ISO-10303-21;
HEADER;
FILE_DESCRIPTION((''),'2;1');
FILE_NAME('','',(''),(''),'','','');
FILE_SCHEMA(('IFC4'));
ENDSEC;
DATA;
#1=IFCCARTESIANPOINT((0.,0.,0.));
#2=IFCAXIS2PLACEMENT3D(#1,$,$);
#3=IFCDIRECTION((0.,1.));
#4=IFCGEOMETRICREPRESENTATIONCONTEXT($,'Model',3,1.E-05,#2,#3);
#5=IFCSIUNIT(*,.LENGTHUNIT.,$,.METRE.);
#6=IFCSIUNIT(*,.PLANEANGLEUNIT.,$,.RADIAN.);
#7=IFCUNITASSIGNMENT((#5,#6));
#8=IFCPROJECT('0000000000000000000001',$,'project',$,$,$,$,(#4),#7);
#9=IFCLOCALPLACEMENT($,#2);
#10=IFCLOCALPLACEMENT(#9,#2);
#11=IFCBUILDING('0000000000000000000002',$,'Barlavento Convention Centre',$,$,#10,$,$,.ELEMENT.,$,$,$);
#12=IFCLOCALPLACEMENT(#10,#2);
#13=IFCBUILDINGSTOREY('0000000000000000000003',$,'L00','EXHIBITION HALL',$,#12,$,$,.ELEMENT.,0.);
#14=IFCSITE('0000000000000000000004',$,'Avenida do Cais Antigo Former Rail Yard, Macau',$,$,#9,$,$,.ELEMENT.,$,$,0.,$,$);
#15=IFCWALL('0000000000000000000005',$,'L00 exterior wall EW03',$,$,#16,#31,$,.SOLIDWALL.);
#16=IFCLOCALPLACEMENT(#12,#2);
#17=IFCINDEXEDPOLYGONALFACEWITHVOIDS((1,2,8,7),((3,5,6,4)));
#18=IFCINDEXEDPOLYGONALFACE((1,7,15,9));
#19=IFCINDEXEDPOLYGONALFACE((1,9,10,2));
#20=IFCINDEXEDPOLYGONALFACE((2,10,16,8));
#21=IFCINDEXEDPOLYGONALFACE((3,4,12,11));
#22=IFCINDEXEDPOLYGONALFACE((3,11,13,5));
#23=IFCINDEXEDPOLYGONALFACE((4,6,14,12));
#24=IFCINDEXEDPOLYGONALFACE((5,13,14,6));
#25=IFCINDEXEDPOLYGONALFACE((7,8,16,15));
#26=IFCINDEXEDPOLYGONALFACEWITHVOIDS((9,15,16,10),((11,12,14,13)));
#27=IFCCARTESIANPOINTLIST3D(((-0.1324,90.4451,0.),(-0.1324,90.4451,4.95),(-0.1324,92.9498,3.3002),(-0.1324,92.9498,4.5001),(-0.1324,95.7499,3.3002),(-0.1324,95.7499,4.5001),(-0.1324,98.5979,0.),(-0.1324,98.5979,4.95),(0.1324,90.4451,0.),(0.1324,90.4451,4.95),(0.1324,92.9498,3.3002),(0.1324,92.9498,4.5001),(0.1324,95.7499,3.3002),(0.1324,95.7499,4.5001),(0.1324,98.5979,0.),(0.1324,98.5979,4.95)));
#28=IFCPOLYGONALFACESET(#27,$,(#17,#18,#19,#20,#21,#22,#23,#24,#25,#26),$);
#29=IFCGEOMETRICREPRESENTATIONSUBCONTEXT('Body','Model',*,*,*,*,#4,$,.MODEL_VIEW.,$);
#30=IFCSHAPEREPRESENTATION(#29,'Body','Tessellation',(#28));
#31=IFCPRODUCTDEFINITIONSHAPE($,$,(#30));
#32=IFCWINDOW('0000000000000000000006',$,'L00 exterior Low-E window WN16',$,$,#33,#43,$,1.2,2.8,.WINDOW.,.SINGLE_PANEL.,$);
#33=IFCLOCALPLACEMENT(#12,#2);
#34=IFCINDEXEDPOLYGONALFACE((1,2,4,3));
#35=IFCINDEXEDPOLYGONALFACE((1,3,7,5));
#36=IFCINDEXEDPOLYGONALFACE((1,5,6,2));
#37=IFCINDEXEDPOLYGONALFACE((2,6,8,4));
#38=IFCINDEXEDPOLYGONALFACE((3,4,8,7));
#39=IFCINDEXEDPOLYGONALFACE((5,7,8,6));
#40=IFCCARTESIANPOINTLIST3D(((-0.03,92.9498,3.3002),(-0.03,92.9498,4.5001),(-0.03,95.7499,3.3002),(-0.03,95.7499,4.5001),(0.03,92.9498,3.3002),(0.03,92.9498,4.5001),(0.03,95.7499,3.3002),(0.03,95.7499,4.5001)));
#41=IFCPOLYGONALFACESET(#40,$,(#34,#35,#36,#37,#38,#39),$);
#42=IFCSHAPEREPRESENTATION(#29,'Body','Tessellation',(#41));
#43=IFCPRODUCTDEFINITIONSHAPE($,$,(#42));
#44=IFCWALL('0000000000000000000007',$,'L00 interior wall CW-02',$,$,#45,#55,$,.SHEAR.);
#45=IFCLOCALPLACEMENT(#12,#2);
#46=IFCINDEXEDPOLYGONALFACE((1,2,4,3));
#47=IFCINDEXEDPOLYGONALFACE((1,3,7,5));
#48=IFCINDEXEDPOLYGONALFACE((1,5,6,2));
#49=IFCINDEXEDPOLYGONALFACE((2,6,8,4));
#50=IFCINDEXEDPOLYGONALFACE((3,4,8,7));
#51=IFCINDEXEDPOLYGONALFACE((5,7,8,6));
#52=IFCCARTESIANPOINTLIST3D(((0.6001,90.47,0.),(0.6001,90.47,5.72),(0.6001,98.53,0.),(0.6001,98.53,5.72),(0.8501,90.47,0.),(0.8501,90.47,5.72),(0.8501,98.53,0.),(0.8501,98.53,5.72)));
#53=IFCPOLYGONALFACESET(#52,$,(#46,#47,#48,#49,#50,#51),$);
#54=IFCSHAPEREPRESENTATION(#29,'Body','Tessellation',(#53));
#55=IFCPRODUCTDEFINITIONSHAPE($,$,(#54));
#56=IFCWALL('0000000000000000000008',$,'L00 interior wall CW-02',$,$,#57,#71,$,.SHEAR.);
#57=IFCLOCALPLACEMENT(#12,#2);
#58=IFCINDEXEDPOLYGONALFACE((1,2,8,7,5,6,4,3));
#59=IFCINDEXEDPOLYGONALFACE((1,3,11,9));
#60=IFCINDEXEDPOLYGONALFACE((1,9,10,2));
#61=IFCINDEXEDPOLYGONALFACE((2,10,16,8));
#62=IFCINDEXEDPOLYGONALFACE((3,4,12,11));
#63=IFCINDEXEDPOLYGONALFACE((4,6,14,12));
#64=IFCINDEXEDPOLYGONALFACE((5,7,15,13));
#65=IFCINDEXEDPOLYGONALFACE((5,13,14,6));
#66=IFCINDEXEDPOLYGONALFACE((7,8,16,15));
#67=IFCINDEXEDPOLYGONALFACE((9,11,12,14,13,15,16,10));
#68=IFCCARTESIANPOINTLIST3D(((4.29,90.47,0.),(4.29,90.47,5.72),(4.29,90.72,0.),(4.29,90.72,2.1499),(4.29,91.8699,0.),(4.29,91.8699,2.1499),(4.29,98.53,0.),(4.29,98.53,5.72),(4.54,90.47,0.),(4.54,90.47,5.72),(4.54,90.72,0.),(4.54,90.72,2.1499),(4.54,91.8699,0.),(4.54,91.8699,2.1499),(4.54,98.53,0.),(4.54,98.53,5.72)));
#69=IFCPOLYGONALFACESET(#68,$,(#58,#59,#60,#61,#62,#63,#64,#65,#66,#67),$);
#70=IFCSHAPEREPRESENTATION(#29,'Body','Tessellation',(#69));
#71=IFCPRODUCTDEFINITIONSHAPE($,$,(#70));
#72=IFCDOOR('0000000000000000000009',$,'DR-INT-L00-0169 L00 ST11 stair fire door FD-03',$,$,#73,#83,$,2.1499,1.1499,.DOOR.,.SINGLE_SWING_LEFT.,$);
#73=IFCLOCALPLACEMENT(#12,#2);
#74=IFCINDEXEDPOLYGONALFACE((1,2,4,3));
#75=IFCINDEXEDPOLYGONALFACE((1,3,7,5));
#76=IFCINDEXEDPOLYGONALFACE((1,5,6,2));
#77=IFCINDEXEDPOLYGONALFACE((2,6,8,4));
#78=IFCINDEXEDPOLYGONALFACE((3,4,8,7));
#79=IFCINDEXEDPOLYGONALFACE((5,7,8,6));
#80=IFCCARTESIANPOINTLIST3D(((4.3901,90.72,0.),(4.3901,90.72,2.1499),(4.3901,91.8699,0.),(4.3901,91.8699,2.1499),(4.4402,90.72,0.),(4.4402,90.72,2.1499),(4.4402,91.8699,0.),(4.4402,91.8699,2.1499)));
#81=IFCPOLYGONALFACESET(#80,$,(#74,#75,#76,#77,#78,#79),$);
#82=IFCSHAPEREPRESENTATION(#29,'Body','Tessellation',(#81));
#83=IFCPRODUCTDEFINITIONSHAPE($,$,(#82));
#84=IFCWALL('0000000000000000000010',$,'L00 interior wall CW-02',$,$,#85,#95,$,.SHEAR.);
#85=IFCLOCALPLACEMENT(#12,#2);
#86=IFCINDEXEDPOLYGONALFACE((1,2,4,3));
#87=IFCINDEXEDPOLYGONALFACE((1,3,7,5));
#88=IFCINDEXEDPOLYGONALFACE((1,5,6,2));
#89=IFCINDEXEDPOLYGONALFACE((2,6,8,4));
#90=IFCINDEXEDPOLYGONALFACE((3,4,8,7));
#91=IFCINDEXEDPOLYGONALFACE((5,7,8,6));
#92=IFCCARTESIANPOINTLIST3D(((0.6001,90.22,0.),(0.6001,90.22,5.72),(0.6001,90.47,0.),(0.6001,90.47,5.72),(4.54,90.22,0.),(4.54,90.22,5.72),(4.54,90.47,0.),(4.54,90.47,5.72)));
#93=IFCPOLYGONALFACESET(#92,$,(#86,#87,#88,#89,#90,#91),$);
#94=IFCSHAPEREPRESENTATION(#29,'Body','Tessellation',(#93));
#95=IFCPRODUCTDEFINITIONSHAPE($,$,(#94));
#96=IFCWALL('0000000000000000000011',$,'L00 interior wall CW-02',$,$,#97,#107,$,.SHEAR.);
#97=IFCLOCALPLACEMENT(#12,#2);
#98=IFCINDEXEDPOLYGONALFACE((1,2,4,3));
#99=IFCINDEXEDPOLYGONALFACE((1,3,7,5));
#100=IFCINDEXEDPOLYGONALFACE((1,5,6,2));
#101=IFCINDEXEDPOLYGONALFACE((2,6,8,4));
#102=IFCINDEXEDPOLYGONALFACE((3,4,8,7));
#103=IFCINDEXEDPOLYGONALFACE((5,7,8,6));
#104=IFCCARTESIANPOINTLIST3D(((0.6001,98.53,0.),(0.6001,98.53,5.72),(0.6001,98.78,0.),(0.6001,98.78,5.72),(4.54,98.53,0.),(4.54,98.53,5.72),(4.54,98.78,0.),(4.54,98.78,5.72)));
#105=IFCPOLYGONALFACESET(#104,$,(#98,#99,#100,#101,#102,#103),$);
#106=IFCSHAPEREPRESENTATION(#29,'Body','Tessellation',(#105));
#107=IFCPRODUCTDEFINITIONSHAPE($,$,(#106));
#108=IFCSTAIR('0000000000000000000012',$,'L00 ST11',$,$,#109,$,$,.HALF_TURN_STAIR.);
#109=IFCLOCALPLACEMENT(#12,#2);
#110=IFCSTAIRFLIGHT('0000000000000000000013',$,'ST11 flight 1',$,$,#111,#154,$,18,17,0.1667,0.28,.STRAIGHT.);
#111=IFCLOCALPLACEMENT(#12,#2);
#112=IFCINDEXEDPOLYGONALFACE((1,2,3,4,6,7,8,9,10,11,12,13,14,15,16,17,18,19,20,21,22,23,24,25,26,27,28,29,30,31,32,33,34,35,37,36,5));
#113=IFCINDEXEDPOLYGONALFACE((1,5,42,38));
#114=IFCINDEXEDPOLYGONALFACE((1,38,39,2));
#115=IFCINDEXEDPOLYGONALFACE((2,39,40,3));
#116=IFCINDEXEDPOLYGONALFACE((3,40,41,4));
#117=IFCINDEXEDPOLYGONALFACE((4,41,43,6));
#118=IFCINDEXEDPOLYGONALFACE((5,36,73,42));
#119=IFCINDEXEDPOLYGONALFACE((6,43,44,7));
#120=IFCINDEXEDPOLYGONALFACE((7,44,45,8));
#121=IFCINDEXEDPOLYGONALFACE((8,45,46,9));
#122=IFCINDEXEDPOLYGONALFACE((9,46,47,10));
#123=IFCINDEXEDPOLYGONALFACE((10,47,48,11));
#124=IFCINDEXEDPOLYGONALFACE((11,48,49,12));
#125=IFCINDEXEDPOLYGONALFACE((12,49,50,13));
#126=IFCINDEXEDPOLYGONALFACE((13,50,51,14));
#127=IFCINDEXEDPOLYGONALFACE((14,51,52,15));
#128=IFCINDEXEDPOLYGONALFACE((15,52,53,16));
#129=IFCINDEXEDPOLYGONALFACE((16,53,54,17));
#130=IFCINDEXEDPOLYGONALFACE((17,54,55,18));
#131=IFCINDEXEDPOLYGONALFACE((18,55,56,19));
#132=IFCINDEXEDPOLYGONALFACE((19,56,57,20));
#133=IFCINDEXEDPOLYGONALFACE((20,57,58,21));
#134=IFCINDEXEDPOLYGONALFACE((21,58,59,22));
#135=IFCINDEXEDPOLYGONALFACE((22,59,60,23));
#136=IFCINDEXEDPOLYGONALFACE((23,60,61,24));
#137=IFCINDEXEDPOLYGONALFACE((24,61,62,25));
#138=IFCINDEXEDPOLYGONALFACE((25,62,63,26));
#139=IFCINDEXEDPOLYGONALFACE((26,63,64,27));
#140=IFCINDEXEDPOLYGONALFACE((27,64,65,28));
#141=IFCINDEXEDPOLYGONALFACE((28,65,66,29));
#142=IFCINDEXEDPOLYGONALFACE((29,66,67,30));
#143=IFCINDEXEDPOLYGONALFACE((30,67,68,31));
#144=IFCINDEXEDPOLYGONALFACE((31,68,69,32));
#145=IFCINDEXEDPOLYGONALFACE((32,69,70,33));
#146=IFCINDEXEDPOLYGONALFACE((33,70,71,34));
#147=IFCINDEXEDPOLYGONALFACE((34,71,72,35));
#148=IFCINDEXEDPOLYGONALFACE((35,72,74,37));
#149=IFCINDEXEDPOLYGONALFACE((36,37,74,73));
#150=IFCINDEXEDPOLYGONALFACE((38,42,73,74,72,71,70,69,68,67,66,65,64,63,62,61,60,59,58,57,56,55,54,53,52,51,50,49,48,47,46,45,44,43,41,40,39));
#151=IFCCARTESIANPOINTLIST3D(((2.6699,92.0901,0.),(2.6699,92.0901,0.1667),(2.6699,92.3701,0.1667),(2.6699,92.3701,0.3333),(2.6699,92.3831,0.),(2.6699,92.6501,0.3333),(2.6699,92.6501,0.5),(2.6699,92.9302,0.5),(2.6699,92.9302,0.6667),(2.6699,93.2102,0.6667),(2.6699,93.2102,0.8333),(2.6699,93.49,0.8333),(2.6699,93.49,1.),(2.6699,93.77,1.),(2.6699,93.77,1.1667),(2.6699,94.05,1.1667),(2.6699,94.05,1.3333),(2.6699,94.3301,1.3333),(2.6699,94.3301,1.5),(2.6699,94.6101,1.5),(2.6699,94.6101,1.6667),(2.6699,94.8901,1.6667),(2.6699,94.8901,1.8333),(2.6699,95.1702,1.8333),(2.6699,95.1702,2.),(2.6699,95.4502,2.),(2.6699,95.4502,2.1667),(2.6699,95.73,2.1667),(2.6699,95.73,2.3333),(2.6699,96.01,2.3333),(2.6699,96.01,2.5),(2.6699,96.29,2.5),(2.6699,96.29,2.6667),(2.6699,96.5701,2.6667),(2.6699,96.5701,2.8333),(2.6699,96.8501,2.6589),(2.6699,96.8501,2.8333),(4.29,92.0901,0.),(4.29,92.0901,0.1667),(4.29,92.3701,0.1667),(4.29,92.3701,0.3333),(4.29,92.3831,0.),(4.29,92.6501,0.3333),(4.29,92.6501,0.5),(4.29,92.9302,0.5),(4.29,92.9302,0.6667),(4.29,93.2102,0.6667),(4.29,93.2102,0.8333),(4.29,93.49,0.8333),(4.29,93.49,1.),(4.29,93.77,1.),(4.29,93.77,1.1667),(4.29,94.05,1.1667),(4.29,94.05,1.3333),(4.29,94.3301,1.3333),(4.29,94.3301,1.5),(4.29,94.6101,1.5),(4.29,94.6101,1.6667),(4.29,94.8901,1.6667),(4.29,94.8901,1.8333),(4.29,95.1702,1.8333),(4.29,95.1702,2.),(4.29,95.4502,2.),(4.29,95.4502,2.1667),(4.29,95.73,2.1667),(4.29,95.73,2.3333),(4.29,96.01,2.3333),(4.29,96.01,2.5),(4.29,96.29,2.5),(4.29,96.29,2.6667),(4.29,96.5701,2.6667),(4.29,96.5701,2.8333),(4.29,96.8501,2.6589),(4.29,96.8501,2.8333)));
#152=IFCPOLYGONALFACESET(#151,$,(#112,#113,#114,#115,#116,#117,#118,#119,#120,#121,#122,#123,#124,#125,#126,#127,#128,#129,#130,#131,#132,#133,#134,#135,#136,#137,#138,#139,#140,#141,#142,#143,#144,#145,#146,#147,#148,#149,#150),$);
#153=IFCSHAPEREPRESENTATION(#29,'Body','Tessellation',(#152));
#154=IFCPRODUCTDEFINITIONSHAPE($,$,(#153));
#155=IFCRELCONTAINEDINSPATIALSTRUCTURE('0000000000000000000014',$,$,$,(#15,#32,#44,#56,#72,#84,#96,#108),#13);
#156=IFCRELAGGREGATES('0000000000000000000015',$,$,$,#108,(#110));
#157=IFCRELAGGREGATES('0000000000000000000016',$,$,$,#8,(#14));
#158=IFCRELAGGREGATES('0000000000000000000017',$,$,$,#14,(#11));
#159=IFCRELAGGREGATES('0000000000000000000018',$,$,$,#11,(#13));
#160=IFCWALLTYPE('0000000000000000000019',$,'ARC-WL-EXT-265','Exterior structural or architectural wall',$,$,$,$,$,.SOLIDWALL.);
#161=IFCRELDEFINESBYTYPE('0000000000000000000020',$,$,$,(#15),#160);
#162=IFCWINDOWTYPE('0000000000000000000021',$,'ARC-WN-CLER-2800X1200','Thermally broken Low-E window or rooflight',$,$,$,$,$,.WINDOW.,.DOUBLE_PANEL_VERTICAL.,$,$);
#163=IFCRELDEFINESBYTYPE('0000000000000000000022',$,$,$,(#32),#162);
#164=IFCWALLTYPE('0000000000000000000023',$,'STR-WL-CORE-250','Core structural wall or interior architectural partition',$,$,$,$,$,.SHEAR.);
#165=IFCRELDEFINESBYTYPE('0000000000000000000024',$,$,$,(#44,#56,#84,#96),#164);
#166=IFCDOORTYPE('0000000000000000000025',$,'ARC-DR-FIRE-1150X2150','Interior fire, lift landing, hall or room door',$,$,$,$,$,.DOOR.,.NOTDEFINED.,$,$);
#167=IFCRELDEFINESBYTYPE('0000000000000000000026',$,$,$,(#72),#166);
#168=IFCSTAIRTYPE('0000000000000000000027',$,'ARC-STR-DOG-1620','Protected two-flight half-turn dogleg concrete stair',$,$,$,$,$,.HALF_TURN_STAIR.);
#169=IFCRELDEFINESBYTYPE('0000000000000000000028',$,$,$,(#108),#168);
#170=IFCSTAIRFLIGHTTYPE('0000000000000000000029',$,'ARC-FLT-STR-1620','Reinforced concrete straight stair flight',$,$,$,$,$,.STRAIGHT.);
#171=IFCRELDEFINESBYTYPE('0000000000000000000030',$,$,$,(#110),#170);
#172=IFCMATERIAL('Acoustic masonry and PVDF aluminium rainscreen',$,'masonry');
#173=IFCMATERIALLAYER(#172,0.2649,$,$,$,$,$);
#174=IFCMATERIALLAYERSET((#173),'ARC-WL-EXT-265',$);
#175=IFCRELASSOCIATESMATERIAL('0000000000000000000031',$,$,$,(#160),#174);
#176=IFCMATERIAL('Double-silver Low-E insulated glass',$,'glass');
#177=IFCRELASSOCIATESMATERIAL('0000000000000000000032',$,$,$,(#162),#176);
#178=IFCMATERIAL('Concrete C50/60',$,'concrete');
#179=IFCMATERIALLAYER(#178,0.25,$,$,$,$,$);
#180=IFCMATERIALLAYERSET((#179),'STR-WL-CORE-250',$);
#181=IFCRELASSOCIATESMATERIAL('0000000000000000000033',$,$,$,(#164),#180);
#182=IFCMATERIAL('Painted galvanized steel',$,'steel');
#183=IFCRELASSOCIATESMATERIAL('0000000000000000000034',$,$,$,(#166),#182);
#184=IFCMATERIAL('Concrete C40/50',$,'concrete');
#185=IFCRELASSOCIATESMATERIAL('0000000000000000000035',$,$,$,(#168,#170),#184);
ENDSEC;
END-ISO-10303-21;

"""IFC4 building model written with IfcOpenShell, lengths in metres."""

from ifc_helpers import new_model, si_unit, direction, frame, frame_2d, origin, place, context, subcontext, project, spatial, polyline, rectangle, outline, extrude, material, layer, layer_set, type_object, element, fill, aggregate, save


model = new_model("IFC4")

# Units and contexts
model_context = context("Model", 3, precision=1e-05, world=origin(), true_north=direction((0.0, 1.0)))
body_context = subcontext(model_context, "Body", "Model", "MODEL_VIEW")
ifc_project = project(units=[si_unit("LENGTHUNIT", "METRE"), si_unit("PLANEANGLEUNIT", "RADIAN")], contexts=[model_context])

# Site, building, storey
site_placement = place(None, origin())
site = spatial("IfcSite", under=ifc_project, at=site_placement, Name="Avenida do Cais Antigo Former Rail Yard, Macau", CompositionType="ELEMENT", RefElevation=0.0)
building_placement = place(site_placement, origin())
building = spatial("IfcBuilding", under=site, at=building_placement, Name="Barlavento Convention Centre", CompositionType="ELEMENT")
storey_placement = place(building_placement, origin())
storey = spatial("IfcBuildingStorey", under=building, at=storey_placement, Name="L00", Description="EXHIBITION HALL", CompositionType="ELEMENT", Elevation=0.0)

# Shared definitions
ifc_material_1 = material(Name="Concrete C50/60", Category="concrete")

# Wall, opening, window
ifc_material_2 = material(Name="Acoustic masonry and PVDF aluminium rainscreen", Category="masonry")
ifc_layer_1 = layer(ifc_material_2, 0.2649)
ifc_layer_set_1 = layer_set([ifc_layer_1], Name="ARC-WL-EXT-265")
wall_type_1 = type_object("IfcWallType", Name="ARC-WL-EXT-265", Description="Exterior structural or architectural wall", PredefinedType="SOLIDWALL", material=ifc_layer_set_1)
wall_1_placement = place(storey_placement, frame((0.0, 90.4451, 0.0), z_axis=(0.0, 0.0, 1.0), x_axis=(0.0, 1.0, 0.0)))
wall_1 = element("IfcWall", 1, at=wall_1_placement, inside=storey, type_object=wall_type_1, Name="L00 exterior wall EW03", PredefinedType="SOLIDWALL", context=body_context, shape_type="SweptSolid", body=[
    extrude(rectangle(XDim=8.1528, YDim=0.2649, at=frame_2d((4.0764, 0.0))), origin(), (0.0, 0.0, 1.0), 4.95),
])
opening_1_placement = place(wall_1_placement, frame((2.5049, 0.0, 3.3)))
opening_1 = element("IfcOpeningElement", 2, at=opening_1_placement, cuts=wall_1, PredefinedType="OPENING", context=body_context, shape_type="SweptSolid", body=[
    extrude(rectangle(XDim=2.8, YDim=1.2, at=frame_2d((1.3999, 0.6001))), frame((0.0, 0.1423, 0.0), z_axis=(0.0, -1.0, 0.0), x_axis=(1.0, 0.0, 0.0)), (0.0, 0.0, 1.0), 0.2849),
])
ifc_material_3 = material(Name="Double-silver Low-E insulated glass", Category="glass")
window_type = type_object("IfcWindowType", Name="ARC-WN-CLER-2800X1200", Description="Thermally broken Low-E window or rooflight", PartitioningType="DOUBLE_PANEL_VERTICAL", PredefinedType="WINDOW", material=ifc_material_3)
window_placement = place(opening_1_placement, origin())
window = element("IfcWindow", 3, at=window_placement, inside=storey, type_object=window_type, Name="L00 exterior Low-E window WN16", OverallHeight=1.2, OverallWidth=2.8, PartitioningType="SINGLE_PANEL", PredefinedType="WINDOW", context=body_context, shape_type="SweptSolid", body=[
    extrude(rectangle(XDim=2.8, YDim=1.2, at=frame_2d((1.3999, 0.6001))), frame((0.0, 0.03, 0.0), z_axis=(0.0, -1.0, 0.0), x_axis=(1.0, 0.0, 0.0)), (0.0, 0.0, 1.0), 0.0601),
])
fill(opening_1, window)

# Wall
ifc_layer_2 = layer(ifc_material_1, 0.25)
ifc_layer_set_2 = layer_set([ifc_layer_2], Name="STR-WL-CORE-250")
wall_type_2 = type_object("IfcWallType", Name="STR-WL-CORE-250", Description="Core structural wall or interior architectural partition", PredefinedType="SHEAR", material=ifc_layer_set_2)
wall_2_placement = place(storey_placement, frame((0.7251, 90.47, 0.0), z_axis=(0.0, 0.0, 1.0), x_axis=(0.0, 1.0, 0.0)))
element("IfcWall", 4, at=wall_2_placement, inside=storey, type_object=wall_type_2, Name="L00 interior wall CW-02", PredefinedType="SHEAR", context=body_context, shape_type="SweptSolid", body=[
    extrude(rectangle(XDim=8.0601, YDim=0.25, at=frame_2d((4.03, 0.0))), origin(), (0.0, 0.0, 1.0), 5.72),
])

# Wall, opening, door
wall_3_placement = place(storey_placement, frame((4.415, 90.47, 0.0), z_axis=(0.0, 0.0, 1.0), x_axis=(0.0, 1.0, 0.0)))
wall_3 = element("IfcWall", 5, at=wall_3_placement, inside=storey, type_object=wall_type_2, Name="L00 interior wall CW-02", PredefinedType="SHEAR", context=body_context, shape_type="SweptSolid", body=[
    extrude(rectangle(XDim=8.0601, YDim=0.25, at=frame_2d((4.03, 0.0))), origin(), (0.0, 0.0, 1.0), 5.72),
])
opening_2_placement = place(wall_3_placement, frame((0.25, 0.0, 0.0)))
opening_2 = element("IfcOpeningElement", 6, at=opening_2_placement, cuts=wall_3, PredefinedType="OPENING", context=body_context, shape_type="SweptSolid", body=[
    extrude(rectangle(XDim=1.1499, YDim=2.1499, at=frame_2d((0.575, 1.075))), frame((0.0, 0.135, 0.0), z_axis=(0.0, -1.0, 0.0), x_axis=(1.0, 0.0, 0.0)), (0.0, 0.0, 1.0), 0.27),
])
ifc_material_4 = material(Name="Painted galvanized steel", Category="steel")
door_type = type_object("IfcDoorType", Name="ARC-DR-FIRE-1150X2150", Description="Interior fire, lift landing, hall or room door", OperationType="NOTDEFINED", PredefinedType="DOOR", material=ifc_material_4)
door_placement = place(opening_2_placement, origin())
door = element("IfcDoor", 7, at=door_placement, inside=storey, type_object=door_type, Name="DR-INT-L00-0169 L00 ST11 stair fire door FD-03", OperationType="SINGLE_SWING_LEFT", OverallHeight=2.1499, OverallWidth=1.1499, PredefinedType="DOOR", context=body_context, shape_type="SweptSolid", body=[
    extrude(rectangle(XDim=1.1499, YDim=2.1499, at=frame_2d((0.575, 1.075))), frame((0.0, 0.0249, 0.0), z_axis=(0.0, -1.0, 0.0), x_axis=(1.0, 0.0, 0.0)), (0.0, 0.0, 1.0), 0.05),
])
fill(opening_2, door)

# Walls
for number, where, z_axis, x_axis, name in (
    (8, (0.6001, 90.345, 0.0), (0.0, 0.0, 1.0), (1.0, 0.0, 0.0), "L00 interior wall CW-02"),
    (9, (0.6001, 98.655, 0.0), (0.0, 0.0, 1.0), (1.0, 0.0, 0.0), "L00 interior wall CW-02"),
):
    element("IfcWall", number, at=place(storey_placement, frame(where, z_axis=z_axis, x_axis=x_axis)), inside=storey, type_object=wall_type_2, Name=name, PredefinedType="SHEAR", context=body_context, shape_type="SweptSolid", body=[
        extrude(rectangle(XDim=3.9399, YDim=0.25, at=frame_2d((1.97, 0.0))), origin(), (0.0, 0.0, 1.0), 5.72),
    ])

# Stair, stair flight
ifc_material_5 = material(Name="Concrete C40/50", Category="concrete")
stair_type = type_object("IfcStairType", Name="ARC-STR-DOG-1620", Description="Protected two-flight half-turn dogleg concrete stair", PredefinedType="HALF_TURN_STAIR", material=ifc_material_5)
stair_placement = place(storey_placement, origin())
stair = element("IfcStair", 10, at=stair_placement, inside=storey, type_object=stair_type, Name="L00 ST11", PredefinedType="HALF_TURN_STAIR")
stair_flight_type = type_object("IfcStairFlightType", Name="ARC-FLT-STR-1620", Description="Reinforced concrete straight stair flight", PredefinedType="STRAIGHT", material=ifc_material_5)
stair_flight_1_placement = place(storey_placement, frame((3.48, 92.0901, 0.0), z_axis=(0.0, 0.0, 1.0), x_axis=(0.0, 1.0, 0.0)))
stair_flight_1 = element("IfcStairFlight", 11, at=stair_flight_1_placement, type_object=stair_flight_type, Name="ST11 flight 1", NumberOfRisers=18, NumberOfTreads=17, PredefinedType="STRAIGHT", RiserHeight=0.1667, TreadLength=0.28, context=body_context, shape_type="SweptSolid", body=[
    extrude(outline(polyline([(0.0, 0.0), (0.0, 0.1667), (0.28, 0.1667), (0.28, 0.3333), (0.5601, 0.3333), (0.5601, 0.5), (0.8401, 0.5), (0.8401, 0.6667), (1.1201, 0.6667), (1.1201, 0.8333), (1.3999, 0.8333), (1.3999, 1.0), (1.6799, 1.0), (1.6799, 1.1667), (1.96, 1.1667), (1.96, 1.3333), (2.24, 1.3333), (2.24, 1.5), (2.52, 1.5), (2.52, 1.6667), (2.8, 1.6667), (2.8, 1.8333), (3.0801, 1.8333), (3.0801, 2.0), (3.3601, 2.0), (3.3601, 2.1667), (3.6399, 2.1667), (3.6399, 2.3333), (3.9199, 2.3333), (3.9199, 2.5), (4.2, 2.5), (4.2, 2.6667), (4.48, 2.6667), (4.48, 2.8333), (4.76, 2.8333), (4.76, 3.0), (4.76, 2.6589), (0.293, 0.0), (0.0, 0.0)])), frame((0.0, 0.8101, 0.0), z_axis=(0.0, -1.0, 0.0), x_axis=(1.0, 0.0, 0.0)), (0.0, 0.0, 1.0), 1.6201),
])
aggregate(stair, [stair_flight_1])

save(model, "model.ifc")
